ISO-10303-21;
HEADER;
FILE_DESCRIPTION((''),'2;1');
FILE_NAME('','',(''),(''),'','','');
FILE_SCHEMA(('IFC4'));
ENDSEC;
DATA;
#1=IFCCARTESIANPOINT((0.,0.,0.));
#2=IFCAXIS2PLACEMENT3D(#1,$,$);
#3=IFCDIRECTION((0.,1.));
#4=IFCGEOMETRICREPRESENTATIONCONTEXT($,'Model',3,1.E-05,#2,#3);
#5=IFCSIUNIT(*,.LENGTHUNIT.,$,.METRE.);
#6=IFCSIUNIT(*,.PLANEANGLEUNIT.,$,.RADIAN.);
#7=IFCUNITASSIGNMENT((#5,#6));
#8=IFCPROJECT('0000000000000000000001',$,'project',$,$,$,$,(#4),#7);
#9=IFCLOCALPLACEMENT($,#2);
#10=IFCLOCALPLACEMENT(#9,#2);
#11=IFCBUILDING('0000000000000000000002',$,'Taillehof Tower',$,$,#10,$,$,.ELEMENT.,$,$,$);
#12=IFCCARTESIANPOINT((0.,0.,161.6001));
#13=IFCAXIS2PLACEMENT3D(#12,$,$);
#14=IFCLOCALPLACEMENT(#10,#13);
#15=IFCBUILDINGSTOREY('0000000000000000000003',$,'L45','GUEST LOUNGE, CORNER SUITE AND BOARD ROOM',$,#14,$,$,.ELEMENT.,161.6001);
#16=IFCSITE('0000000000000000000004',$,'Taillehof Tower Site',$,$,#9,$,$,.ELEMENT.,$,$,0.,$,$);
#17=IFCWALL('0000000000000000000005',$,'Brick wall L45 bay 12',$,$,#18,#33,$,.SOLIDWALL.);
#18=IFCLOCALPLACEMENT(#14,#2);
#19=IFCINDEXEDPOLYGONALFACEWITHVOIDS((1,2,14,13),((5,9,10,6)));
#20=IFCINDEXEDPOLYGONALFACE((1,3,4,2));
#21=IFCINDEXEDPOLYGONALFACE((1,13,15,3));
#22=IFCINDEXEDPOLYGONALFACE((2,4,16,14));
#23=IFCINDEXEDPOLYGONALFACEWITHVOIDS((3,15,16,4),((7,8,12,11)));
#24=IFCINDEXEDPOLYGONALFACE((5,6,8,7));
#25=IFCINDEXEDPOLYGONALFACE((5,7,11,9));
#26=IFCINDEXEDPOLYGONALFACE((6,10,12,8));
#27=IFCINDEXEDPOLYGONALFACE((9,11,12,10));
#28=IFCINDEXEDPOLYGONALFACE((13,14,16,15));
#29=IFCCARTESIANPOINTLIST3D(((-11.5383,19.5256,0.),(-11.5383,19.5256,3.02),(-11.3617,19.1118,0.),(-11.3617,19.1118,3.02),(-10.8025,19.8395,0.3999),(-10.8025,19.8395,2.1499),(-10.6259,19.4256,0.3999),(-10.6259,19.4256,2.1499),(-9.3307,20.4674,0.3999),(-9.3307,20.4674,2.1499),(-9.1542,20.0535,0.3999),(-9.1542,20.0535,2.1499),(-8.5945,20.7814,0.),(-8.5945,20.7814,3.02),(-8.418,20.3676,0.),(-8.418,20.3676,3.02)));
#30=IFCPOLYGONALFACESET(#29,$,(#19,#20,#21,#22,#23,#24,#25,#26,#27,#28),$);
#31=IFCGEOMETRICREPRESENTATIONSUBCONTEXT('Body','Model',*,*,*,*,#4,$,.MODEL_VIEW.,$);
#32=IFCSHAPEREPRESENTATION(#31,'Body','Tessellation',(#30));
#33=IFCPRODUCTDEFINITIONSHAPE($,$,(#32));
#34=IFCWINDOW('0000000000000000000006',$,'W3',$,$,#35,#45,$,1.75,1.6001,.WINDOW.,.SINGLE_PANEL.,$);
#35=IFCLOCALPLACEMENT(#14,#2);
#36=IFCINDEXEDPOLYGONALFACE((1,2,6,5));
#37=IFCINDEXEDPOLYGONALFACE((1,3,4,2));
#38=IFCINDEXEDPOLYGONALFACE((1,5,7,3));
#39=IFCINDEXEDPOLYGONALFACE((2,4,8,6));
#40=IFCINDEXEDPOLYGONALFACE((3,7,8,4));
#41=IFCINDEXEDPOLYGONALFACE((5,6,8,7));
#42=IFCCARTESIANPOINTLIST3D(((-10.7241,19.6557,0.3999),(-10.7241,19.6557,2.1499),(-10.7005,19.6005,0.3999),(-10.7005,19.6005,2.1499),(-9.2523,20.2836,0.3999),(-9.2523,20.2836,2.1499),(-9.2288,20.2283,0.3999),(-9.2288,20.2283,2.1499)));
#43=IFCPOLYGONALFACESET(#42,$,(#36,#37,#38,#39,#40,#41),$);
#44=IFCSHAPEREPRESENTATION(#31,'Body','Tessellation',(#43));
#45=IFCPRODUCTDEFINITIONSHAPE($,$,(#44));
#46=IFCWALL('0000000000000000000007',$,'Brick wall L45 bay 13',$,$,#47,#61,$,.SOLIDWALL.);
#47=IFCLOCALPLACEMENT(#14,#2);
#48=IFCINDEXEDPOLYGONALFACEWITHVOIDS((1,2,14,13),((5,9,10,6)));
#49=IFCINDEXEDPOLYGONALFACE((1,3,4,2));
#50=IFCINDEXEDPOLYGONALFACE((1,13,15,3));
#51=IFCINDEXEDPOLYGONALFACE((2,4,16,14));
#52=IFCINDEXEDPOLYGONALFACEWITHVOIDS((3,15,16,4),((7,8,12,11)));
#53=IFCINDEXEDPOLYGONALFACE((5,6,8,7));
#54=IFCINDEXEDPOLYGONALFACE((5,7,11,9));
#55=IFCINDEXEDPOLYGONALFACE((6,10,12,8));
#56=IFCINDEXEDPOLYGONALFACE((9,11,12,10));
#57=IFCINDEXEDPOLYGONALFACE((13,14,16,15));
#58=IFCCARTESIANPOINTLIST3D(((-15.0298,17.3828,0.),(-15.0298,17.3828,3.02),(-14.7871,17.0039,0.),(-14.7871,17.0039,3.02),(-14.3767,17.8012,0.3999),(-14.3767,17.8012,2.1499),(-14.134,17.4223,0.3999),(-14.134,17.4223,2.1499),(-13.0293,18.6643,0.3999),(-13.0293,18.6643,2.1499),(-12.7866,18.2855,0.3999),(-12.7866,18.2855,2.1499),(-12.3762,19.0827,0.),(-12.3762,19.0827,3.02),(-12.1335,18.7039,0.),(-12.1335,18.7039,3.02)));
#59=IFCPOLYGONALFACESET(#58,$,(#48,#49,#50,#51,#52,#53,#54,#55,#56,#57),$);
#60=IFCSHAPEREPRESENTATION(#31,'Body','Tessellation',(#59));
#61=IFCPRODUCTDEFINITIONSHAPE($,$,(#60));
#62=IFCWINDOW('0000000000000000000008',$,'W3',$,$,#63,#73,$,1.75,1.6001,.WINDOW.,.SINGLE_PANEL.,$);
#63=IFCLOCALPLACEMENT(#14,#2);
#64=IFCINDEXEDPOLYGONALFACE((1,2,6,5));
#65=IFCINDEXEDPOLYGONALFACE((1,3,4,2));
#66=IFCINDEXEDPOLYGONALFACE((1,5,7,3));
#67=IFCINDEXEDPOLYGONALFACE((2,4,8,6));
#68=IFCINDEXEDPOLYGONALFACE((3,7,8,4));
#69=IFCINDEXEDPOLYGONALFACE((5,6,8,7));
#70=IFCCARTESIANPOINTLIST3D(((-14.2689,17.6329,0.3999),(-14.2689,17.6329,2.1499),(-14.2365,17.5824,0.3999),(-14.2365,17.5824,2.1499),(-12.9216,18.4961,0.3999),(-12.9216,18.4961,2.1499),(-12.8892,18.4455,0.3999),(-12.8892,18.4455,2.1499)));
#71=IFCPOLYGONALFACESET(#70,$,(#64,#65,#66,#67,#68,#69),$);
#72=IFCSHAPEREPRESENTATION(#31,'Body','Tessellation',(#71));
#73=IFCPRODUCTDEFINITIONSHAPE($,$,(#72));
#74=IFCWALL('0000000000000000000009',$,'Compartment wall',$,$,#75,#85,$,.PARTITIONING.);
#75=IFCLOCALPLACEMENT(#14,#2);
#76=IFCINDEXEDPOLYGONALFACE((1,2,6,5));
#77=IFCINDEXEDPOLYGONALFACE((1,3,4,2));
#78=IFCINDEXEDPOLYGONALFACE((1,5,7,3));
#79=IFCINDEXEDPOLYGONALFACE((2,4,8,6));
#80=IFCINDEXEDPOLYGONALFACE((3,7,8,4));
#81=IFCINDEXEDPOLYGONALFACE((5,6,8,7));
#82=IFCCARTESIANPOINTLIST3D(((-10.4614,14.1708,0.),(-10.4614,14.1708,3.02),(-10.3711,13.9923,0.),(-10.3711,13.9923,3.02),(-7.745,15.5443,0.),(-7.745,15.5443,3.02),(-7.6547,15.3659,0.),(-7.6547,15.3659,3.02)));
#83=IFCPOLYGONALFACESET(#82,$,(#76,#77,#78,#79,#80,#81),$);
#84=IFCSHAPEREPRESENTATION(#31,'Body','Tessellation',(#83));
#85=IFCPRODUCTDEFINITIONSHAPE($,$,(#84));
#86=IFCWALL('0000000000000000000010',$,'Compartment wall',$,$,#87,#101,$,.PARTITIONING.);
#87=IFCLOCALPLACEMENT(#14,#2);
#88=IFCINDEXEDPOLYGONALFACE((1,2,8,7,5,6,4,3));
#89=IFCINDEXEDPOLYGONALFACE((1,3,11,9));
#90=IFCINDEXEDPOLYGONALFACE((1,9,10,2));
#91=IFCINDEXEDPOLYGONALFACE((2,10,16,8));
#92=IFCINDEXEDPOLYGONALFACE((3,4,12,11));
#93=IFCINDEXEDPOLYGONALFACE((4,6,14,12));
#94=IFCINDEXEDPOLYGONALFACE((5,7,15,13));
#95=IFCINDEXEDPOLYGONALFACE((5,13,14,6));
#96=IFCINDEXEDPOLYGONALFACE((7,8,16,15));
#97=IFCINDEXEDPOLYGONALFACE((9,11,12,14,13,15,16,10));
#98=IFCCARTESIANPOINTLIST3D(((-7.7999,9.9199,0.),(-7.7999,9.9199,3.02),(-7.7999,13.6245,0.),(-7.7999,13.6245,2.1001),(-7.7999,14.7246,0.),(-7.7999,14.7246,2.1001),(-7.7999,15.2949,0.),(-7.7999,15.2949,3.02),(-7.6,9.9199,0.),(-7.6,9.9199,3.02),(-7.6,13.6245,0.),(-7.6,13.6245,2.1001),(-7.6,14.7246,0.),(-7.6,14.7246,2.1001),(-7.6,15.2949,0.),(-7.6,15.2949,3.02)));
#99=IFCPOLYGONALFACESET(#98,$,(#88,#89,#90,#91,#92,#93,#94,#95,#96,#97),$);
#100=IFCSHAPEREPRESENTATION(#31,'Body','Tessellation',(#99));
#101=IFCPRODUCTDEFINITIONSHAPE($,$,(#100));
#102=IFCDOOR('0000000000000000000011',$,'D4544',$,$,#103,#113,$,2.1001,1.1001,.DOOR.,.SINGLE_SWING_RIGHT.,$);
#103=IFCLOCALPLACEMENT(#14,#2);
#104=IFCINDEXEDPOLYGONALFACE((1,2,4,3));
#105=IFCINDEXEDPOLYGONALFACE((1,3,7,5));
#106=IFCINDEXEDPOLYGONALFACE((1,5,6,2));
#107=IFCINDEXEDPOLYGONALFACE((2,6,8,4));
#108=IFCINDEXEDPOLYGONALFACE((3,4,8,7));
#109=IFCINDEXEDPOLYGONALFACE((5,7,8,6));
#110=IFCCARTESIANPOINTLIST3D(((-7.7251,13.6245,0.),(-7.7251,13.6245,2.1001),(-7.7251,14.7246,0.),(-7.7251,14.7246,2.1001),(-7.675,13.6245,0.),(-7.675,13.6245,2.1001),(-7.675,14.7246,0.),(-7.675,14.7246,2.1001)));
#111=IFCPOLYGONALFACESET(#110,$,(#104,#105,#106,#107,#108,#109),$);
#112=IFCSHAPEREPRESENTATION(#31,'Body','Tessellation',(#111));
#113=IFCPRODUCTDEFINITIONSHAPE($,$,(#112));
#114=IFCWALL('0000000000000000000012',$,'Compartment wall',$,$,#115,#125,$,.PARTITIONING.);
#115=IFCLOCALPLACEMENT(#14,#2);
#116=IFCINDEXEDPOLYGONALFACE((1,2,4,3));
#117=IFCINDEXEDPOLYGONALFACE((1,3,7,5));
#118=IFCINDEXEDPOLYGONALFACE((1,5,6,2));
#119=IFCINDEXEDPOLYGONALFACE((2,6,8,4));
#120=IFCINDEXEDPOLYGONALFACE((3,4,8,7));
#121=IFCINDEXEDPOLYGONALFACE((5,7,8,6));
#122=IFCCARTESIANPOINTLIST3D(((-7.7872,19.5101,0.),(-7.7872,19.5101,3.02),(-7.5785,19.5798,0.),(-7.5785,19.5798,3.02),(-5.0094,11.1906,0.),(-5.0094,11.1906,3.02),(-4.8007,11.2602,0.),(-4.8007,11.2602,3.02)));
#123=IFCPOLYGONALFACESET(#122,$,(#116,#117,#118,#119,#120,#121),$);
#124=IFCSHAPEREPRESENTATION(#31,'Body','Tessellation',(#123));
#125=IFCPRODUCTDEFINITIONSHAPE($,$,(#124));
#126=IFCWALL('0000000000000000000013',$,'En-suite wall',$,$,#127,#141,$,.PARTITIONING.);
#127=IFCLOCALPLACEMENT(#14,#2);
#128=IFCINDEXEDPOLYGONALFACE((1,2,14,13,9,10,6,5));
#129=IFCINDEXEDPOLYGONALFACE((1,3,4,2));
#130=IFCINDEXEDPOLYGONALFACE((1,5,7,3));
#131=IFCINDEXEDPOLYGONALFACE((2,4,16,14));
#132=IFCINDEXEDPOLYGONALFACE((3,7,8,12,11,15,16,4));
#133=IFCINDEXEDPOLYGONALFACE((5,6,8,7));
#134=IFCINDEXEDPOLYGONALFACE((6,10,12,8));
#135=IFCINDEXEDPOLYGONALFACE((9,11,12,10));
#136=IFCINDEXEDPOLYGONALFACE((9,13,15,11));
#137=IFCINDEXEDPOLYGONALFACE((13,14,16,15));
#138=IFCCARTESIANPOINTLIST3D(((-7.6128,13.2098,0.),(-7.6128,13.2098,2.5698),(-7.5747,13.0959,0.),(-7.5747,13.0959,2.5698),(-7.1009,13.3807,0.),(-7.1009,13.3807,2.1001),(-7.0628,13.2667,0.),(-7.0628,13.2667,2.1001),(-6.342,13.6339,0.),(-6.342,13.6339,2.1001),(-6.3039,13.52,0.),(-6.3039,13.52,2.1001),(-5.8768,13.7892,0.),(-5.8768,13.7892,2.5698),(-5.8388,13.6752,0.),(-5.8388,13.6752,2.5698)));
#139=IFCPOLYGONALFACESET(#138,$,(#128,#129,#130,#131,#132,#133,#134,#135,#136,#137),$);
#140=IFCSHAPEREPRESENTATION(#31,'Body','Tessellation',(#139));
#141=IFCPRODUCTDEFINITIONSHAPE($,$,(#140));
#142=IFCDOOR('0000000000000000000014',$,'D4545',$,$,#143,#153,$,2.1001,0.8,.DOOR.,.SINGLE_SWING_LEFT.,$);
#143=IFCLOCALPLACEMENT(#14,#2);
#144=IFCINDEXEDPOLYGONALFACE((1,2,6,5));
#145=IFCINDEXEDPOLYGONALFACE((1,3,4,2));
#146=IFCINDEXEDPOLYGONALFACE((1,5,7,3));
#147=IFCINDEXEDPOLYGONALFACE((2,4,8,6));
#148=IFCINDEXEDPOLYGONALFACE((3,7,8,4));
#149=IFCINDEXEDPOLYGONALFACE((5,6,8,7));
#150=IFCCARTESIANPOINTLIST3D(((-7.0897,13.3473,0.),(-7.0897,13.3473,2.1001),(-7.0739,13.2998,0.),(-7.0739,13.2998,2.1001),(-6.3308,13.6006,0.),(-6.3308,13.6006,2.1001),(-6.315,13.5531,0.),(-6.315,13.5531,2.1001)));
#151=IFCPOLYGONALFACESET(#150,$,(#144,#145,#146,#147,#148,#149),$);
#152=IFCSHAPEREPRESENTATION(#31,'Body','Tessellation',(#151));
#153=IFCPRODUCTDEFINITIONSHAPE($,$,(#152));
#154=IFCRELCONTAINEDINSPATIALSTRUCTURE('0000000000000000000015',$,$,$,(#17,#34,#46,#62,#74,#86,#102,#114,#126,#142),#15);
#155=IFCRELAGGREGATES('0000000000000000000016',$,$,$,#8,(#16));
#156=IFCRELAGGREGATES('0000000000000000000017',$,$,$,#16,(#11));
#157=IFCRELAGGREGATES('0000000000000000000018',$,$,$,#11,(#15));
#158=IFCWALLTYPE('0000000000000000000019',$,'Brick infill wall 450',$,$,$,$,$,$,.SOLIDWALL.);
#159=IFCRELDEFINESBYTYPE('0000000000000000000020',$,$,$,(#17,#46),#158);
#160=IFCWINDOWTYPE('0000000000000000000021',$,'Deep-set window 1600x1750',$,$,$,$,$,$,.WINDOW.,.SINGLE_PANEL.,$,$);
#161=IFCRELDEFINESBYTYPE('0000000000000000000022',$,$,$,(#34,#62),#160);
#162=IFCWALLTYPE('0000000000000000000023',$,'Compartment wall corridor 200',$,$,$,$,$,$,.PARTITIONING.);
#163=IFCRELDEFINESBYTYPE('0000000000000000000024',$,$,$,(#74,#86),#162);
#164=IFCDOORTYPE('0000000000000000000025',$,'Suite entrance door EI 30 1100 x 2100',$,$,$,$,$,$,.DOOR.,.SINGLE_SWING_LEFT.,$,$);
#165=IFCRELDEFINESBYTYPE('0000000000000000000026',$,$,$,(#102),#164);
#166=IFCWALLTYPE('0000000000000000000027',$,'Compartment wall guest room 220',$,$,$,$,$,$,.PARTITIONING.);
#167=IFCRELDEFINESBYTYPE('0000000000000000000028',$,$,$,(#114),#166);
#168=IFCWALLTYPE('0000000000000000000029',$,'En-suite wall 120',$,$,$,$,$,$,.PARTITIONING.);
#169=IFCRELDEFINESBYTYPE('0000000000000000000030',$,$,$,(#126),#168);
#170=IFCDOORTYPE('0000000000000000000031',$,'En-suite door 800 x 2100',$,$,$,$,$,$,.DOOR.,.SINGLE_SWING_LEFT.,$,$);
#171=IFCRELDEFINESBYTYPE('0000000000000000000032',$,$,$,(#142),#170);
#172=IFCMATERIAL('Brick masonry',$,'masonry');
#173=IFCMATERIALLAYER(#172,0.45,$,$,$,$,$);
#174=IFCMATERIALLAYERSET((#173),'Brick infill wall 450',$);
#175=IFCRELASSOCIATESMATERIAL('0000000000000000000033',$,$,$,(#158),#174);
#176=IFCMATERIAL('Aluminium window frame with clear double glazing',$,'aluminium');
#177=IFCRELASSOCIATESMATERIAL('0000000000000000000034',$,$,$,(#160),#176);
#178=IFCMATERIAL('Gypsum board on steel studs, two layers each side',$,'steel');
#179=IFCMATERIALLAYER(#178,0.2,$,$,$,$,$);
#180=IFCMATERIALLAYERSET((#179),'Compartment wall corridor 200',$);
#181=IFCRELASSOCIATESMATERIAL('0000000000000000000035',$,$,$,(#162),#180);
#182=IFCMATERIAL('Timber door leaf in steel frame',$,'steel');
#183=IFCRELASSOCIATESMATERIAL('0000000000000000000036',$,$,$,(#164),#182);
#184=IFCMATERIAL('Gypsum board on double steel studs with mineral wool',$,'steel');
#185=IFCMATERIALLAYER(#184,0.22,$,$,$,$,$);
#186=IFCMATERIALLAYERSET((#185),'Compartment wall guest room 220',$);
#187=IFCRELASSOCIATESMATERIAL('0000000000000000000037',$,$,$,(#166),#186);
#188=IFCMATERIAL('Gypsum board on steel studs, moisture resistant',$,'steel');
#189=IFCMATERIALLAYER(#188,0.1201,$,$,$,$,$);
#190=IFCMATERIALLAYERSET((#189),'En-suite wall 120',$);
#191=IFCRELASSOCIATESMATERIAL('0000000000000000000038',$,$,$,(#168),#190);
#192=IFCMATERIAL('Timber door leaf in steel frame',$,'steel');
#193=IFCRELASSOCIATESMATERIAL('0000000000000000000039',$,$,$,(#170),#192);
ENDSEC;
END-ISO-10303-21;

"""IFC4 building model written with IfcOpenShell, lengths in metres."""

from ifc_helpers import new_model, si_unit, direction, frame, frame_2d, origin, place, context, subcontext, project, spatial, rectangle, extrude, material, layer, layer_set, type_object, element, fill, save


model = new_model("IFC4")

# Units and contexts
model_context = context("Model", 3, precision=1e-05, world=origin(), true_north=direction((0.0, 1.0)))
body_context = subcontext(model_context, "Body", "Model", "MODEL_VIEW")
ifc_project = project(units=[si_unit("LENGTHUNIT", "METRE"), si_unit("PLANEANGLEUNIT", "RADIAN")], contexts=[model_context])

# Site, building, storey
site_placement = place(None, origin())
site = spatial("IfcSite", under=ifc_project, at=site_placement, Name="Taillehof Tower Site", CompositionType="ELEMENT", RefElevation=0.0)
building_placement = place(site_placement, origin())
building = spatial("IfcBuilding", under=site, at=building_placement, Name="Taillehof Tower", CompositionType="ELEMENT")
storey_placement = place(building_placement, frame((0.0, 0.0, 161.6001)))
storey = spatial("IfcBuildingStorey", under=building, at=storey_placement, Name="L45", Description="GUEST LOUNGE, CORNER SUITE AND BOARD ROOM", CompositionType="ELEMENT", Elevation=161.6001)

# Walls, openings, windows
ifc_material_1 = material(Name="Brick masonry", Category="masonry")
ifc_layer_1 = layer(ifc_material_1, 0.45)
ifc_layer_set_1 = layer_set([ifc_layer_1], Name="Brick infill wall 450")
wall_type_1 = type_object("IfcWallType", Name="Brick infill wall 450", PredefinedType="SOLIDWALL", material=ifc_layer_set_1)
ifc_material_2 = material(Name="Aluminium window frame with clear double glazing", Category="aluminium")
window_type = type_object("IfcWindowType", Name="Deep-set window 1600x1750", PartitioningType="SINGLE_PANEL", PredefinedType="WINDOW", material=ifc_material_2)
wall_1_placement = place(storey_placement, frame((-8.5063, 20.5745, 0.0), z_axis=(0.0, 0.0, 1.0), x_axis=(-0.919799, -0.39239, 0.0)))
wall_1 = element("IfcWall", 1, at=wall_1_placement, inside=storey, type_object=wall_type_1, Name="Brick wall L45 bay 12", PredefinedType="SOLIDWALL", context=body_context, shape_type="SweptSolid", body=[
    extrude(rectangle(XDim=3.2004, YDim=0.45, at=frame_2d((1.6001, 0.0))), origin(), (0.0, 0.0, 1.0), 3.02),
])
opening_1_placement = place(wall_1_placement, frame((0.8003, 0.0, 0.3999)))
opening_1 = element("IfcOpeningElement", 2, at=opening_1_placement, cuts=wall_1, PredefinedType="OPENING", context=body_context, shape_type="SweptSolid", body=[
    extrude(rectangle(XDim=1.6001, YDim=1.75, at=frame_2d((0.8, 0.875))), frame((0.0, 0.2349, 0.0), z_axis=(0.0, -1.0, 0.0), x_axis=(1.0, 0.0, 0.0)), (0.0, 0.0, 1.0), 0.47),
])
window_1_placement = place(opening_1_placement, origin())
window_1 = element("IfcWindow", 3, at=window_1_placement, inside=storey, type_object=window_type, Name="W3", OverallHeight=1.75, OverallWidth=1.6001, PartitioningType="SINGLE_PANEL", PredefinedType="WINDOW", context=body_context, shape_type="SweptSolid", body=[
    extrude(rectangle(XDim=1.6001, YDim=1.75, at=frame_2d((0.8, 0.875))), frame((0.0, 0.0349, 0.0), z_axis=(0.0, -1.0, 0.0), x_axis=(1.0, 0.0, 0.0)), (0.0, 0.0, 1.0), 0.0601),
])
fill(opening_1, window_1)
wall_2_placement = place(storey_placement, frame((-12.2549, 18.8933, 0.0), z_axis=(0.0, 0.0, 1.0), x_axis=(-0.842031, -0.53943, 0.0)))
wall_2 = element("IfcWall", 4, at=wall_2_placement, inside=storey, type_object=wall_type_1, Name="Brick wall L45 bay 13", PredefinedType="SOLIDWALL", context=body_context, shape_type="SweptSolid", body=[
    extrude(rectangle(XDim=3.1514, YDim=0.45, at=frame_2d((1.5757, 0.0))), origin(), (0.0, 0.0, 1.0), 3.02),
])
opening_2_placement = place(wall_2_placement, frame((0.7756, 0.0, 0.3999)))
opening_2 = element("IfcOpeningElement", 5, at=opening_2_placement, cuts=wall_2, PredefinedType="OPENING", context=body_context, shape_type="SweptSolid", body=[
    extrude(rectangle(XDim=1.6001, YDim=1.75, at=frame_2d((0.8, 0.875))), frame((0.0, 0.2349, 0.0), z_axis=(0.0, -1.0, 0.0), x_axis=(1.0, 0.0, 0.0)), (0.0, 0.0, 1.0), 0.47),
])
window_2_placement = place(opening_2_placement, origin())
window_2 = element("IfcWindow", 6, at=window_2_placement, inside=storey, type_object=window_type, Name="W3", OverallHeight=1.75, OverallWidth=1.6001, PartitioningType="SINGLE_PANEL", PredefinedType="WINDOW", context=body_context, shape_type="SweptSolid", body=[
    extrude(rectangle(XDim=1.6001, YDim=1.75, at=frame_2d((0.8, 0.875))), frame((0.0, 0.0349, 0.0), z_axis=(0.0, -1.0, 0.0), x_axis=(1.0, 0.0, 0.0)), (0.0, 0.0, 1.0), 0.0601),
])
fill(opening_2, window_2)

# Wall
ifc_material_3 = material(Name="Gypsum board on steel studs, two layers each side", Category="steel")
ifc_layer_2 = layer(ifc_material_3, 0.2)
ifc_layer_set_2 = layer_set([ifc_layer_2], Name="Compartment wall corridor 200")
wall_type_2 = type_object("IfcWallType", Name="Compartment wall corridor 200", PredefinedType="PARTITIONING", material=ifc_layer_set_2)
wall_3_placement = place(storey_placement, frame((-10.4163, 14.0815, 0.0), z_axis=(0.0, 0.0, 1.0), x_axis=(0.892397, 0.451252, 0.0)))
element("IfcWall", 7, at=wall_3_placement, inside=storey, type_object=wall_type_2, Name="Compartment wall", PredefinedType="PARTITIONING", context=body_context, shape_type="SweptSolid", body=[
    extrude(rectangle(XDim=3.0439, YDim=0.2, at=frame_2d((1.522, 0.0))), origin(), (0.0, 0.0, 1.0), 3.02),
])

# Wall, opening, door
wall_4_placement = place(storey_placement, frame((-7.7, 15.2949, 0.0), z_axis=(0.0, 0.0, 1.0), x_axis=(0.0, -1.0, 0.0)))
wall_4 = element("IfcWall", 8, at=wall_4_placement, inside=storey, type_object=wall_type_2, Name="Compartment wall", PredefinedType="PARTITIONING", context=body_context, shape_type="SweptSolid", body=[
    extrude(rectangle(XDim=5.375, YDim=0.2, at=frame_2d((2.6875, 0.0))), origin(), (0.0, 0.0, 1.0), 3.02),
])
opening_3_placement = place(wall_4_placement, frame((0.5703, 0.0, 0.0)))
opening_3 = element("IfcOpeningElement", 9, at=opening_3_placement, cuts=wall_4, PredefinedType="OPENING", context=body_context, shape_type="SweptSolid", body=[
    extrude(rectangle(XDim=1.1001, YDim=2.1001, at=frame_2d((0.55, 1.05))), frame((0.0, 0.1099, 0.0), z_axis=(0.0, -1.0, 0.0), x_axis=(1.0, 0.0, 0.0)), (0.0, 0.0, 1.0), 0.22),
])
ifc_material_4 = material(Name="Timber door leaf in steel frame", Category="steel")
door_type_1 = type_object("IfcDoorType", Name="Suite entrance door EI 30 1100 x 2100", OperationType="SINGLE_SWING_LEFT", PredefinedType="DOOR", material=ifc_material_4)
door_1_placement = place(opening_3_placement, origin())
door_1 = element("IfcDoor", 10, at=door_1_placement, inside=storey, type_object=door_type_1, Name="D4544", OperationType="SINGLE_SWING_RIGHT", OverallHeight=2.1001, OverallWidth=1.1001, PredefinedType="DOOR", context=body_context, shape_type="SweptSolid", body=[
    extrude(rectangle(XDim=1.1001, YDim=2.1001, at=frame_2d((0.55, 1.05))), frame((0.0, 0.0249, 0.0), z_axis=(0.0, -1.0, 0.0), x_axis=(1.0, 0.0, 0.0)), (0.0, 0.0, 1.0), 0.05),
])
fill(opening_3, door_1)

# Wall
ifc_material_5 = material(Name="Gypsum board on double steel studs with mineral wool", Category="steel")
ifc_layer_3 = layer(ifc_material_5, 0.22)
ifc_layer_set_3 = layer_set([ifc_layer_3], Name="Compartment wall guest room 220")
wall_type_3 = type_object("IfcWallType", Name="Compartment wall guest room 220", PredefinedType="PARTITIONING", material=ifc_layer_set_3)
wall_5_placement = place(storey_placement, frame((-7.6829, 19.5449, 0.0), z_axis=(0.0, 0.0, 1.0), x_axis=(0.316704, -0.948525, 0.0)))
element("IfcWall", 11, at=wall_5_placement, inside=storey, type_object=wall_type_3, Name="Compartment wall", PredefinedType="PARTITIONING", context=body_context, shape_type="SweptSolid", body=[
    extrude(rectangle(XDim=8.771, YDim=0.22, at=frame_2d((4.3855, 0.0))), origin(), (0.0, 0.0, 1.0), 3.02),
])

# Wall, opening, door
ifc_material_6 = material(Name="Gypsum board on steel studs, moisture resistant", Category="steel")
ifc_layer_4 = layer(ifc_material_6, 0.1201)
ifc_layer_set_4 = layer_set([ifc_layer_4], Name="En-suite wall 120")
wall_type_4 = type_object("IfcWallType", Name="En-suite wall 120", PredefinedType="PARTITIONING", material=ifc_layer_set_4)
wall_6_placement = place(storey_placement, frame((-7.5938, 13.1528, 0.0), z_axis=(0.0, 0.0, 1.0), x_axis=(0.948563, 0.316588, 0.0)))
wall_6 = element("IfcWall", 12, at=wall_6_placement, inside=storey, type_object=wall_type_4, Name="En-suite wall", PredefinedType="PARTITIONING", context=body_context, shape_type="SweptSolid", body=[
    extrude(rectangle(XDim=1.8301, YDim=0.1201, at=frame_2d((0.915, 0.0))), origin(), (0.0, 0.0, 1.0), 2.5698),
])
opening_4_placement = place(wall_6_placement, frame((0.5398, 0.0, 0.0)))
opening_4 = element("IfcOpeningElement", 13, at=opening_4_placement, cuts=wall_6, PredefinedType="OPENING", context=body_context, shape_type="SweptSolid", body=[
    extrude(rectangle(XDim=0.8, YDim=2.1001, at=frame_2d((0.3999, 1.05))), frame((0.0, 0.0701, 0.0), z_axis=(0.0, -1.0, 0.0), x_axis=(1.0, 0.0, 0.0)), (0.0, 0.0, 1.0), 0.1401),
])
ifc_material_7 = material(Name="Timber door leaf in steel frame", Category="steel")
door_type_2 = type_object("IfcDoorType", Name="En-suite door 800 x 2100", OperationType="SINGLE_SWING_LEFT", PredefinedType="DOOR", material=ifc_material_7)
door_2_placement = place(opening_4_placement, origin())
door_2 = element("IfcDoor", 14, at=door_2_placement, inside=storey, type_object=door_type_2, Name="D4545", OperationType="SINGLE_SWING_LEFT", OverallHeight=2.1001, OverallWidth=0.8, PredefinedType="DOOR", context=body_context, shape_type="SweptSolid", body=[
    extrude(rectangle(XDim=0.8, YDim=2.1001, at=frame_2d((0.3999, 1.05))), frame((0.0, 0.0249, 0.0), z_axis=(0.0, -1.0, 0.0), x_axis=(1.0, 0.0, 0.0)), (0.0, 0.0, 1.0), 0.05),
])
fill(opening_4, door_2)

save(model, "model.ifc")
